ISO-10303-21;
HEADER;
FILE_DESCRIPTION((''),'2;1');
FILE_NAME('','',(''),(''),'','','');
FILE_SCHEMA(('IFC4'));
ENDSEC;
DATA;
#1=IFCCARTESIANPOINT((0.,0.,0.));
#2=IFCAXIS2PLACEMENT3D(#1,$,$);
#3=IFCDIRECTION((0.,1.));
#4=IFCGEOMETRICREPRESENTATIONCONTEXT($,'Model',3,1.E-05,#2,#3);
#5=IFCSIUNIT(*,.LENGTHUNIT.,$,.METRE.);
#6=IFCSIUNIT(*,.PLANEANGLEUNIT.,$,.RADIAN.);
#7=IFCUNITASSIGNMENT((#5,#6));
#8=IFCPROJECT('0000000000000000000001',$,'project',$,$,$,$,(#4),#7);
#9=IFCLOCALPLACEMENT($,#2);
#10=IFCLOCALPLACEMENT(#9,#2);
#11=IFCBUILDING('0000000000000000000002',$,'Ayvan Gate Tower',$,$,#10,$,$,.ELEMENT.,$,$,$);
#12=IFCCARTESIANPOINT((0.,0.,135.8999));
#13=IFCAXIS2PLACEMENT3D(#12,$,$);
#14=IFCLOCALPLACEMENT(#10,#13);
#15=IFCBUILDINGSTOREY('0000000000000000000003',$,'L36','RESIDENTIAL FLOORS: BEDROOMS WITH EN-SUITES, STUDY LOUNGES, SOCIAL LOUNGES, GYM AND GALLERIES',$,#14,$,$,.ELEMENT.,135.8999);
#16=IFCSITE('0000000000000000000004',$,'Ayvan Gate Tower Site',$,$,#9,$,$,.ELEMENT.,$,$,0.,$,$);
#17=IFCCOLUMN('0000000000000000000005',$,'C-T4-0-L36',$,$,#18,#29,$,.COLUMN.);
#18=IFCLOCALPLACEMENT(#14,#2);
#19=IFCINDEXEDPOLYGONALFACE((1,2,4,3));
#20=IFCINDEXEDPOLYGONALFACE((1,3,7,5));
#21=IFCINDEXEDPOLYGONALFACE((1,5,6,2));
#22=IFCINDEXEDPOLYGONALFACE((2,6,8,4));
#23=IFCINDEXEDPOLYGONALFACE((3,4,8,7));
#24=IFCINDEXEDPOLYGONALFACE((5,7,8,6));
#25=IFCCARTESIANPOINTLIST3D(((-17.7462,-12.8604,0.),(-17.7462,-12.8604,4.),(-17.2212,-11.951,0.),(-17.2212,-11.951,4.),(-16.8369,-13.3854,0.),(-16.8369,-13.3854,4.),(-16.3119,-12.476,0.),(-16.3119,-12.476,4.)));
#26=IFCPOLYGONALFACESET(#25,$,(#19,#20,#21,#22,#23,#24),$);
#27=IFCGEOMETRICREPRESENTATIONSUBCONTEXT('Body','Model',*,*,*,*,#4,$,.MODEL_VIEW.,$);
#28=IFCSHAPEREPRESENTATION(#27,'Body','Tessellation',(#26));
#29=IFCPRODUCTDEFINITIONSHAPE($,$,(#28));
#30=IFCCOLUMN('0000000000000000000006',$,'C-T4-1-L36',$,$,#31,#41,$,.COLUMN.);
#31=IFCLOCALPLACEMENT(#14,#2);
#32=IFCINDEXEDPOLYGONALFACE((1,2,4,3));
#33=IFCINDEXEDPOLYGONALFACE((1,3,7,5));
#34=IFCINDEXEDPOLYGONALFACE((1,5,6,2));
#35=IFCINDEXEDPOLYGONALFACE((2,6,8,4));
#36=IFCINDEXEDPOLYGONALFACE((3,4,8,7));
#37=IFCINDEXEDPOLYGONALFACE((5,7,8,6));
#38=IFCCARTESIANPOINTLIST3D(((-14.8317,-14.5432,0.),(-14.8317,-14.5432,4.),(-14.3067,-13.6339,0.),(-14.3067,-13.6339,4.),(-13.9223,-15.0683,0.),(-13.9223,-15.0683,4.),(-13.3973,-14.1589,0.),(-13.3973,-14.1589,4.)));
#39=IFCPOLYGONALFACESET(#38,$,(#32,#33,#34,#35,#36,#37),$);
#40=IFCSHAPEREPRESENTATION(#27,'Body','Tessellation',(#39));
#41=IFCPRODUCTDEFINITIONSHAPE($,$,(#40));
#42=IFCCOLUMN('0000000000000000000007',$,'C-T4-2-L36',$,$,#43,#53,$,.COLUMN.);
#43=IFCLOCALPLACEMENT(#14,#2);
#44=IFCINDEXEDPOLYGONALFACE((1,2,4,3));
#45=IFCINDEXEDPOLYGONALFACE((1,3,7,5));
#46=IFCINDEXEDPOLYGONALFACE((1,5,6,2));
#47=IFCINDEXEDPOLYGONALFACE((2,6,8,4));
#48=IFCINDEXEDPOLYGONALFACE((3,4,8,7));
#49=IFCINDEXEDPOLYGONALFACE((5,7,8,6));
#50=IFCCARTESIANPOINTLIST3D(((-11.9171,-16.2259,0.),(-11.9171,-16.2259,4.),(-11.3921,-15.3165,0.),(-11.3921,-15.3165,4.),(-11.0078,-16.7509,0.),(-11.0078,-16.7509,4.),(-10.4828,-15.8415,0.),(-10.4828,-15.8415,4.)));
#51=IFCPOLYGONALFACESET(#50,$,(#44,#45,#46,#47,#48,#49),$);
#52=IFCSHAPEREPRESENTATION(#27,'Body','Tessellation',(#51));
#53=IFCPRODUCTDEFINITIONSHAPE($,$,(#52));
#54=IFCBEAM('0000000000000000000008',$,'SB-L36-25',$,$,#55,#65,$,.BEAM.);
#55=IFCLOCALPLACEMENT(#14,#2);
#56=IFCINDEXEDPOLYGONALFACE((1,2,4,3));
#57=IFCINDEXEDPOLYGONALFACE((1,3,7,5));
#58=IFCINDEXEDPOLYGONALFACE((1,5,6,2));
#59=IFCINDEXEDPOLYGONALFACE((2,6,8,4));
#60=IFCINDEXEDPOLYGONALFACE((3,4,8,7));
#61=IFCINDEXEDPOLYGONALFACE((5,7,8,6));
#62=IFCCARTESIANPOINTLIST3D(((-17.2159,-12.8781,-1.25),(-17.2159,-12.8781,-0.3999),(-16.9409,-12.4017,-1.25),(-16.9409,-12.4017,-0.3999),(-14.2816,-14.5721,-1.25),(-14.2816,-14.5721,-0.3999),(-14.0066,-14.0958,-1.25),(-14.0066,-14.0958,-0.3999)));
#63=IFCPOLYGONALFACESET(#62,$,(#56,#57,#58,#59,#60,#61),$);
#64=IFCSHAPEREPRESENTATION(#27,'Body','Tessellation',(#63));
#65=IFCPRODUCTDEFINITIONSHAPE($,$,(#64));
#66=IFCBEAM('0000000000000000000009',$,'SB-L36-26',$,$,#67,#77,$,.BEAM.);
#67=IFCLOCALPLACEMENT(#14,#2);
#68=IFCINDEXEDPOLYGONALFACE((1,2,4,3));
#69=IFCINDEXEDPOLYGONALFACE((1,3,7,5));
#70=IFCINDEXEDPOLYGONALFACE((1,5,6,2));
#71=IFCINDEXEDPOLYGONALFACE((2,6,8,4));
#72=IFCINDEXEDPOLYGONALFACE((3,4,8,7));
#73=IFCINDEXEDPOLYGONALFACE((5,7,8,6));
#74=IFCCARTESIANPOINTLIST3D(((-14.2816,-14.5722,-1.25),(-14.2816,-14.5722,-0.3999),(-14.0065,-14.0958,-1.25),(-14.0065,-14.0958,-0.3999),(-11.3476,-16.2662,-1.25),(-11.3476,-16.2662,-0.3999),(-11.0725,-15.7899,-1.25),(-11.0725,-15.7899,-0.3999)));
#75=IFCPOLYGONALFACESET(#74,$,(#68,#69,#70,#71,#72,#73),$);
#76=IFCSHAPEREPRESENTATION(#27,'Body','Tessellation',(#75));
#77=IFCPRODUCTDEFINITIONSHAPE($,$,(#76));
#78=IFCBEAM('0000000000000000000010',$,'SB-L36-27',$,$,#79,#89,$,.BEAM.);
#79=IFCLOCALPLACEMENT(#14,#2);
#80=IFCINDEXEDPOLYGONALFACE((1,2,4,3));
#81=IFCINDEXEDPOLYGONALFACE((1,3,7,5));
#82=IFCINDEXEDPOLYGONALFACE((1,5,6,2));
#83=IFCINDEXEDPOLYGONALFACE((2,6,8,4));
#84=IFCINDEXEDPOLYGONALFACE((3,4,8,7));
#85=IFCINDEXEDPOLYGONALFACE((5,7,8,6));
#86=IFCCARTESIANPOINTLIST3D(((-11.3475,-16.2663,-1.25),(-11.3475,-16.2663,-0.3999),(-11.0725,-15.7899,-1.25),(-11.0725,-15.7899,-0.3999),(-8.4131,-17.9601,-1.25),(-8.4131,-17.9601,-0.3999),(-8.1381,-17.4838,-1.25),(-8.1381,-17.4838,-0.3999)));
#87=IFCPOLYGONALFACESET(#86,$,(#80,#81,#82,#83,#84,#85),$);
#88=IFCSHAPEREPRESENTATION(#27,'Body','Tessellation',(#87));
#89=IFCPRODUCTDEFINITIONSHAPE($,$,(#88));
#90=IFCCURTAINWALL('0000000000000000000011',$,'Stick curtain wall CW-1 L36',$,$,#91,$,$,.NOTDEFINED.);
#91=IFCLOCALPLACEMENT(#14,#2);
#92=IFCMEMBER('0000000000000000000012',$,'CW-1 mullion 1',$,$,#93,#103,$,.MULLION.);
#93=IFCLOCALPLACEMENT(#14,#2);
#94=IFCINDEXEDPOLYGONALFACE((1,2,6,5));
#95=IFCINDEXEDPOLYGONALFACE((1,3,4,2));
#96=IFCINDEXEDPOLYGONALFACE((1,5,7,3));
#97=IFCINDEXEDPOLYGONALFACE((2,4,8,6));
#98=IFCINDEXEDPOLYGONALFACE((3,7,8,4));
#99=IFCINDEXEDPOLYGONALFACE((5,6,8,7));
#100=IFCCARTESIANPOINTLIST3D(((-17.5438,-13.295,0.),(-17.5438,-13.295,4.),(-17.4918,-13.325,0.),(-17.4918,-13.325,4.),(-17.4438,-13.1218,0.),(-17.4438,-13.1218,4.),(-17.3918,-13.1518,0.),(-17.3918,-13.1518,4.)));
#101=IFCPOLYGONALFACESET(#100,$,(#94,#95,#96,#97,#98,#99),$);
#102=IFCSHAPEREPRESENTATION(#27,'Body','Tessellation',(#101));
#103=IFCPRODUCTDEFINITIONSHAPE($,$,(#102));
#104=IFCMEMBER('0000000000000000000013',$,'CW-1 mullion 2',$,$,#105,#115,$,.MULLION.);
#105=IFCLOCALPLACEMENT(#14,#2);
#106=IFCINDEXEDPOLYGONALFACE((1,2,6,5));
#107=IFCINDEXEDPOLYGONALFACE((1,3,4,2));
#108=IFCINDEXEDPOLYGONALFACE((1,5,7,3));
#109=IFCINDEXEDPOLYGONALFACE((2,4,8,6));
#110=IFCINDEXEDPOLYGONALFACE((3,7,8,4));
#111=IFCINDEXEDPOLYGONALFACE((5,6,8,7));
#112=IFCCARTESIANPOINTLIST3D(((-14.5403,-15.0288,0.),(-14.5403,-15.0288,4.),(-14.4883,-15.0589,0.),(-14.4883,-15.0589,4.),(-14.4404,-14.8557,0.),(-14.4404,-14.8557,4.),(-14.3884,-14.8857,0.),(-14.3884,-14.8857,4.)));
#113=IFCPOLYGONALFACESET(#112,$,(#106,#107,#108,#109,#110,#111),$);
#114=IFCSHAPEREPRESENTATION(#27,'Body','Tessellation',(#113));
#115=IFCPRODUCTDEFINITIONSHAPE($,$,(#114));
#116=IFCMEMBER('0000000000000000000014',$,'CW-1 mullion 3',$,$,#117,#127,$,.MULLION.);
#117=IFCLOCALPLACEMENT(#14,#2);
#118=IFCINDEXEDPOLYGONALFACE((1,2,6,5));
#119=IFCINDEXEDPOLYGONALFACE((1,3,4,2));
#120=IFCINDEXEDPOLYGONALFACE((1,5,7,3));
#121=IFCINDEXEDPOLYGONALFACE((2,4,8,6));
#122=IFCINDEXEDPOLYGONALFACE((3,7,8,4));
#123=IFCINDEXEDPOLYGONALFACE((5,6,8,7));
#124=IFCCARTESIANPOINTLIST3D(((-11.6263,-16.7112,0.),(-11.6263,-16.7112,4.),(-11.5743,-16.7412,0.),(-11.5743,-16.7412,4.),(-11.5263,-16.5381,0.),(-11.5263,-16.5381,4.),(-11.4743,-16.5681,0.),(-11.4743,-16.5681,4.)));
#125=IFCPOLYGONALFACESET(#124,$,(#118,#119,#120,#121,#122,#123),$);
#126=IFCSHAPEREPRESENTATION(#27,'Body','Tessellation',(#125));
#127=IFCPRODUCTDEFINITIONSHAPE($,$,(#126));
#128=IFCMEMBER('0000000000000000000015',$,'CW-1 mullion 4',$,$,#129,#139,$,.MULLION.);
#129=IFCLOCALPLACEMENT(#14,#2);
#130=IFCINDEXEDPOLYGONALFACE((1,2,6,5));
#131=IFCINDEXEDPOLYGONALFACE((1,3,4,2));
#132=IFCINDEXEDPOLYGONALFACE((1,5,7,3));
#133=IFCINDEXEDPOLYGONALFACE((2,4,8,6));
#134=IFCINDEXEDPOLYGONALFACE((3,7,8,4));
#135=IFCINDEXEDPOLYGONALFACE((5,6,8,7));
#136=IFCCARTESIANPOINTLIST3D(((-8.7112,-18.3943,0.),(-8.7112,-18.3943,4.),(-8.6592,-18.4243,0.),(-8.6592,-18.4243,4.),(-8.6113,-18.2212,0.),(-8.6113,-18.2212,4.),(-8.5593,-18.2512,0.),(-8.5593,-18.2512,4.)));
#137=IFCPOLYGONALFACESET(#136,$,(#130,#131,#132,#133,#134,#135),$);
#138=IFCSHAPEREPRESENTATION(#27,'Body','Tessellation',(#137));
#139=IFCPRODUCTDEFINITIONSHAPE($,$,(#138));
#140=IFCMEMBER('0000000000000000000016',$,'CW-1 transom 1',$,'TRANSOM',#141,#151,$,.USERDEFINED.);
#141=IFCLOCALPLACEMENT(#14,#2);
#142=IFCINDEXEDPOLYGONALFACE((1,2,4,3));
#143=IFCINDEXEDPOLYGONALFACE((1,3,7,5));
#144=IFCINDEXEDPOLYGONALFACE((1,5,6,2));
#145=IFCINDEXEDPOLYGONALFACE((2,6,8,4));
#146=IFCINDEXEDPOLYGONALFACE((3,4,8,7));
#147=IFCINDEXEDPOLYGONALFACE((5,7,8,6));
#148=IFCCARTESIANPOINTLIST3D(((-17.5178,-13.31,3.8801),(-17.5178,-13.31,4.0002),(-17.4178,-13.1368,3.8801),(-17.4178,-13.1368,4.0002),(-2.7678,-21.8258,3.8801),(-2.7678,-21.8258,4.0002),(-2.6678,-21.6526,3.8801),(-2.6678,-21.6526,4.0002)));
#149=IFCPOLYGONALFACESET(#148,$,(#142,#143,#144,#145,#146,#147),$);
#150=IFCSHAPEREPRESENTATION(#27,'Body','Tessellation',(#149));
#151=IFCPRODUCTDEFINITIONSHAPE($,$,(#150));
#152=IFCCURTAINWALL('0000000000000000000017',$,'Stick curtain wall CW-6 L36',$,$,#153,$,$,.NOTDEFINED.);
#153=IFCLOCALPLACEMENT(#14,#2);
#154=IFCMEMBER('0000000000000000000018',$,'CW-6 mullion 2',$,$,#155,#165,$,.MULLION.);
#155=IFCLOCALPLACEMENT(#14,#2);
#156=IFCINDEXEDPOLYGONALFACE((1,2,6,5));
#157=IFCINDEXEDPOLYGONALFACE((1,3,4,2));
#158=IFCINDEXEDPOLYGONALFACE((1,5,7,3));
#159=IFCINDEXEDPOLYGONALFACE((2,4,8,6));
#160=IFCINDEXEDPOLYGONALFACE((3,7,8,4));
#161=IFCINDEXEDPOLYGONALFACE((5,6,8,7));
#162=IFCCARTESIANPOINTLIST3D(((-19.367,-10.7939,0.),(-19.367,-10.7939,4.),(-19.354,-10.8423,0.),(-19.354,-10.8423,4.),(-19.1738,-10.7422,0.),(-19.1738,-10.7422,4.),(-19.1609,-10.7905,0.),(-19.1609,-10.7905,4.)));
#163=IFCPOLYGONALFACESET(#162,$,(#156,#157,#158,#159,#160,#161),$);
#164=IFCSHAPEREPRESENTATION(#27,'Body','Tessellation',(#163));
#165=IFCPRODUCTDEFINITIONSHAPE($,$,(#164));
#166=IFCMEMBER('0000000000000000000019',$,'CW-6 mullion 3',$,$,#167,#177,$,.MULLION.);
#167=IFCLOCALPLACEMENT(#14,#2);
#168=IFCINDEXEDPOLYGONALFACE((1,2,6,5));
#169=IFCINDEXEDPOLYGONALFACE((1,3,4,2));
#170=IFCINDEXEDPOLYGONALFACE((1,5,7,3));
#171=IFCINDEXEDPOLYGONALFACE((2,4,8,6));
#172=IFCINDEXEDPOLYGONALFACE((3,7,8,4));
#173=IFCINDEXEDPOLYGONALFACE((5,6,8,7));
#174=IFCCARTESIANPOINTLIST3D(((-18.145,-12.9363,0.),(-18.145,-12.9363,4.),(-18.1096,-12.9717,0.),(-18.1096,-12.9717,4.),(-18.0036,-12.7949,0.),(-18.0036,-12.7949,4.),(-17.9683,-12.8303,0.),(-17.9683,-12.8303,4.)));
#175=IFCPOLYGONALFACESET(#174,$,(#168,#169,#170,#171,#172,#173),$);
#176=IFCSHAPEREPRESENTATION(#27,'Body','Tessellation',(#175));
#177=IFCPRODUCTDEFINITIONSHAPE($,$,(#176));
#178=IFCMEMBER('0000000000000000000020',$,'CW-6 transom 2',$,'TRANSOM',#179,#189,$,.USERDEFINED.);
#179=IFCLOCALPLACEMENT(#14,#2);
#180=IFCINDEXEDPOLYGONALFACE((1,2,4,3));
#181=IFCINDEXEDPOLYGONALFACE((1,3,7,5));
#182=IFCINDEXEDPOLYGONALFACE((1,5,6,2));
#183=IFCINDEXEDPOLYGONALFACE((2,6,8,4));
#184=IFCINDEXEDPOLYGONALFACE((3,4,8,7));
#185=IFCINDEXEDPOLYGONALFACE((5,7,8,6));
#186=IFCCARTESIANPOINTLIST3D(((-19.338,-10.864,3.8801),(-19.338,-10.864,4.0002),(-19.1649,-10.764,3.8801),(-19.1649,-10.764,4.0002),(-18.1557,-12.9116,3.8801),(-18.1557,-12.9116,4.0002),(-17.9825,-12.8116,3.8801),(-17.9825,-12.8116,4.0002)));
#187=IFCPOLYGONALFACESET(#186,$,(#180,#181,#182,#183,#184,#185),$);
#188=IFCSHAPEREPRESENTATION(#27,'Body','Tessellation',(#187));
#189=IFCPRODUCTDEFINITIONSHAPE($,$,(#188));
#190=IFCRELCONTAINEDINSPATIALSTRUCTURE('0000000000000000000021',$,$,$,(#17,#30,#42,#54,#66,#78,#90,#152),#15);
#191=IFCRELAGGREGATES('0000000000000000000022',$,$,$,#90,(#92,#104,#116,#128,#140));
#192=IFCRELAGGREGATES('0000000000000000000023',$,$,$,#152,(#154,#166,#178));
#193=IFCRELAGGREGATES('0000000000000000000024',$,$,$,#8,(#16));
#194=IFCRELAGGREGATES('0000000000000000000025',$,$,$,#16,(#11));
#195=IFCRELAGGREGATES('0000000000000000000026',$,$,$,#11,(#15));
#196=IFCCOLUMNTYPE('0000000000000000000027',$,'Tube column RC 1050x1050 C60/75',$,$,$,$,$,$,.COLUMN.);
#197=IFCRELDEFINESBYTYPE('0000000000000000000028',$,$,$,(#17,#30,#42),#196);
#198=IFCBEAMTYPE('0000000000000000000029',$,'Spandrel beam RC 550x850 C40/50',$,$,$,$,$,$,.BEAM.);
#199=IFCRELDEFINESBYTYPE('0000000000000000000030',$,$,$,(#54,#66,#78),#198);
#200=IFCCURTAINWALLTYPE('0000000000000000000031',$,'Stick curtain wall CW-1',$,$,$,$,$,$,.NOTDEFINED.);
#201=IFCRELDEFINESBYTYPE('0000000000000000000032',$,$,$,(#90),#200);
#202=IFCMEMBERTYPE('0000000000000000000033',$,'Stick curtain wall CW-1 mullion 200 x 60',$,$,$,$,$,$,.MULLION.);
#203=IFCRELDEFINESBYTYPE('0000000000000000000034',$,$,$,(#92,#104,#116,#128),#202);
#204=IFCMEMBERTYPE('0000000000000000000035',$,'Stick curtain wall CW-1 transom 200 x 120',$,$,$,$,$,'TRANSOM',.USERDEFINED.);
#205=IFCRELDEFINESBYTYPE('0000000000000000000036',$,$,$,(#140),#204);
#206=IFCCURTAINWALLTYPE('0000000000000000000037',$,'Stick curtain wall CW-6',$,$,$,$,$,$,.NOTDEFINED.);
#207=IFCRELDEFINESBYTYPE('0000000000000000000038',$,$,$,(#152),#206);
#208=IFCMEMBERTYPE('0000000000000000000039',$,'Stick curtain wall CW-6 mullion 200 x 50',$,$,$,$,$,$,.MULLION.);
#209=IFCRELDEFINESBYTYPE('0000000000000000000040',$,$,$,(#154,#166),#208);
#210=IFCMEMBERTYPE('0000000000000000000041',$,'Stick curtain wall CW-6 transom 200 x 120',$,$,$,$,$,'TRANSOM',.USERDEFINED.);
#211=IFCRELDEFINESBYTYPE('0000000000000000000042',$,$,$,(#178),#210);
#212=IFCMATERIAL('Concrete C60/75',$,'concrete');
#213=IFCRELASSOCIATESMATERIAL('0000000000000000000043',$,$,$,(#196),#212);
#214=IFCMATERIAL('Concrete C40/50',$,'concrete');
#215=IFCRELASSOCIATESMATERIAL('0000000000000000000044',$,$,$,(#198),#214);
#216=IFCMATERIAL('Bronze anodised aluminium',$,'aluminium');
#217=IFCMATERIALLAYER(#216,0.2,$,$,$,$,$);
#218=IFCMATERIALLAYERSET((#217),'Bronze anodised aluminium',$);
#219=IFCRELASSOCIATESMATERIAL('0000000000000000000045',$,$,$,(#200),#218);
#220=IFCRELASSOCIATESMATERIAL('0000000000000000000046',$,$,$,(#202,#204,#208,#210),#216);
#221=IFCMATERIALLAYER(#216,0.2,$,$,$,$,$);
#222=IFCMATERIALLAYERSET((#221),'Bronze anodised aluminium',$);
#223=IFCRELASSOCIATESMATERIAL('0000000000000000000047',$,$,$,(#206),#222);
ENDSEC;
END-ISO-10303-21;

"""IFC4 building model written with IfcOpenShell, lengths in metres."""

from ifc_helpers import new_model, si_unit, direction, frame, origin, origin_2d, place, context, subcontext, project, spatial, rectangle, extrude, material, layer, layer_set, material_profile, profile_set, type_object, element, aggregate, save


model = new_model("IFC4")

# Units and contexts
model_context = context("Model", 3, precision=1e-05, world=origin(), true_north=direction((0.0, 1.0)))
body_context = subcontext(model_context, "Body", "Model", "MODEL_VIEW")
ifc_project = project(units=[si_unit("LENGTHUNIT", "METRE"), si_unit("PLANEANGLEUNIT", "RADIAN")], contexts=[model_context])

# Site, building, storey
site_placement = place(None, origin())
site = spatial("IfcSite", under=ifc_project, at=site_placement, Name="Ayvan Gate Tower Site", CompositionType="ELEMENT", RefElevation=0.0)
building_placement = place(site_placement, origin())
building = spatial("IfcBuilding", under=site, at=building_placement, Name="Ayvan Gate Tower", CompositionType="ELEMENT")
storey_placement = place(building_placement, frame((0.0, 0.0, 135.8999)))
storey = spatial("IfcBuildingStorey", under=building, at=storey_placement, Name="L36", Description="RESIDENTIAL FLOORS: BEDROOMS WITH EN-SUITES, STUDY LOUNGES, SOCIAL LOUNGES, GYM AND GALLERIES", CompositionType="ELEMENT", Elevation=135.8999)

# Columns
ifc_material_1 = material(Name="Concrete C60/75", Category="concrete")
ifc_material_profile_1 = material_profile(ifc_material_1, rectangle(XDim=1.05, YDim=1.05, at=origin_2d()), Name="RC 1050x1050")
ifc_profile_set_1 = profile_set([ifc_material_profile_1], Name="Concrete C60/75")
column_type = type_object("IfcColumnType", Name="Tube column RC 1050x1050 C60/75", PredefinedType="COLUMN", material=ifc_profile_set_1)
for number, where, z_axis, x_axis, name in (
    (1, (-17.0291, -12.6682, 0.0), (0.0, 0.0, 1.0), (-0.5, -0.866025, 0.0), "C-T4-0-L36"),
    (2, (-14.1145, -14.3511, 0.0), (0.0, 0.0, 1.0), (-0.5, -0.866025, 0.0), "C-T4-1-L36"),
    (3, (-11.2, -16.0337, 0.0), (0.0, 0.0, 1.0), (-0.5, -0.866025, 0.0), "C-T4-2-L36"),
):
    element("IfcColumn", number, at=place(storey_placement, frame(where, z_axis=z_axis, x_axis=x_axis)), inside=storey, type_object=column_type, Name=name, PredefinedType="COLUMN", context=body_context, shape_type="SweptSolid", body=[
        extrude(rectangle(XDim=1.05, YDim=1.05, at=origin_2d()), origin(), (0.0, 0.0, 1.0), 4.0),
    ])

# Beams
ifc_material_2 = material(Name="Concrete C40/50", Category="concrete")
ifc_material_profile_2 = material_profile(ifc_material_2, rectangle(XDim=0.55, YDim=0.8501, at=origin_2d()), Name="RC 550x850")
ifc_profile_set_2 = profile_set([ifc_material_profile_2], Name="Concrete C40/50")
beam_type = type_object("IfcBeamType", Name="Spandrel beam RC 550x850 C40/50", PredefinedType="BEAM", material=ifc_profile_set_2)
beam_1_placement = place(storey_placement, frame((-17.0784, -12.6399, -0.825), z_axis=(0.866031, -0.499991, 0.0), x_axis=(0.499991, 0.866031, 0.0)))
element("IfcBeam", 4, at=beam_1_placement, inside=storey, type_object=beam_type, Name="SB-L36-25", PredefinedType="BEAM", context=body_context, shape_type="SweptSolid", body=[
    extrude(rectangle(XDim=0.55, YDim=0.8501, at=origin_2d()), origin(), (0.0, 0.0, 1.0), 3.3882),
])
beam_2_placement = place(storey_placement, frame((-14.144, -14.334, -0.825), z_axis=(0.866013, -0.500022, 0.0), x_axis=(0.500022, 0.866013, 0.0)))
element("IfcBeam", 5, at=beam_2_placement, inside=storey, type_object=beam_type, Name="SB-L36-26", PredefinedType="BEAM", context=body_context, shape_type="SweptSolid", body=[
    extrude(rectangle(XDim=0.55, YDim=0.8501, at=origin_2d()), origin(), (0.0, 0.0, 1.0), 3.3879),
])
beam_3_placement = place(storey_placement, frame((-11.21, -16.0281, -0.825), z_axis=(0.866062, -0.499937, 0.0), x_axis=(0.499937, 0.866062, 0.0)))
element("IfcBeam", 6, at=beam_3_placement, inside=storey, type_object=beam_type, Name="SB-L36-27", PredefinedType="BEAM", context=body_context, shape_type="SweptSolid", body=[
    extrude(rectangle(XDim=0.55, YDim=0.8501, at=origin_2d()), origin(), (0.0, 0.0, 1.0), 3.3882),
])

# Curtain walls, members
ifc_material_3 = material(Name="Bronze anodised aluminium", Category="aluminium")
ifc_layer_1 = layer(ifc_material_3, 0.2)
ifc_layer_set_1 = layer_set([ifc_layer_1], Name="Bronze anodised aluminium")
curtain_wall_type_1 = type_object("IfcCurtainWallType", Name="Stick curtain wall CW-1", PredefinedType="NOTDEFINED", material=ifc_layer_set_1)
curtain_wall_1_placement = place(storey_placement, origin())
curtain_wall_1 = element("IfcCurtainWall", 7, at=curtain_wall_1_placement, inside=storey, type_object=curtain_wall_type_1, Name="Stick curtain wall CW-1 L36", PredefinedType="NOTDEFINED")
ifc_material_profile_3 = material_profile(ifc_material_3, rectangle(XDim=0.2, YDim=0.0601, at=origin_2d()), Name="Stick curtain wall CW-1 mullion 200 x 60")
ifc_profile_set_3 = profile_set([ifc_material_profile_3], Name="Bronze anodised aluminium")
member_type_1 = type_object("IfcMemberType", Name="Stick curtain wall CW-1 mullion 200 x 60", PredefinedType="MULLION", material=ifc_profile_set_3)
member_1_placement = place(storey_placement, frame((-17.4678, -13.2234, 0.0), z_axis=(0.0, 0.0, 1.0), x_axis=(-0.5, -0.866025, 0.0)))
member_1 = element("IfcMember", 8, at=member_1_placement, type_object=member_type_1, Name="CW-1 mullion 1", PredefinedType="MULLION", context=body_context, shape_type="SweptSolid", body=[
    extrude(rectangle(XDim=0.2, YDim=0.0601, at=origin_2d()), origin(), (0.0, 0.0, 1.0), 4.0),
])
member_2_placement = place(storey_placement, frame((-14.4644, -14.9573, 0.0), z_axis=(0.0, 0.0, 1.0), x_axis=(-0.5, -0.866025, 0.0)))
member_2 = element("IfcMember", 9, at=member_2_placement, type_object=member_type_1, Name="CW-1 mullion 2", PredefinedType="MULLION", context=body_context, shape_type="SweptSolid", body=[
    extrude(rectangle(XDim=0.2, YDim=0.0601, at=origin_2d()), origin(), (0.0, 0.0, 1.0), 4.0),
])
member_3_placement = place(storey_placement, frame((-11.5503, -16.6396, 0.0), z_axis=(0.0, 0.0, 1.0), x_axis=(-0.5, -0.866025, 0.0)))
member_3 = element("IfcMember", 10, at=member_3_placement, type_object=member_type_1, Name="CW-1 mullion 3", PredefinedType="MULLION", context=body_context, shape_type="SweptSolid", body=[
    extrude(rectangle(XDim=0.2, YDim=0.0601, at=origin_2d()), origin(), (0.0, 0.0, 1.0), 4.0),
])
member_4_placement = place(storey_placement, frame((-8.6353, -18.3228, 0.0), z_axis=(0.0, 0.0, 1.0), x_axis=(-0.5, -0.866025, 0.0)))
member_4 = element("IfcMember", 11, at=member_4_placement, type_object=member_type_1, Name="CW-1 mullion 4", PredefinedType="MULLION", context=body_context, shape_type="SweptSolid", body=[
    extrude(rectangle(XDim=0.2, YDim=0.0601, at=origin_2d()), origin(), (0.0, 0.0, 1.0), 4.0),
])
ifc_material_profile_4 = material_profile(ifc_material_3, rectangle(XDim=0.2, YDim=0.1201, at=origin_2d()), Name="Stick curtain wall CW-1 transom 200 x 120")
ifc_profile_set_4 = profile_set([ifc_material_profile_4], Name="Bronze anodised aluminium")
member_type_2 = type_object("IfcMemberType", Name="Stick curtain wall CW-1 transom 200 x 120", ElementType="TRANSOM", PredefinedType="USERDEFINED", material=ifc_profile_set_4)
member_5_placement = place(storey_placement, frame((-17.4678, -13.2234, 3.9402), z_axis=(0.866027, -0.499998, 0.0), x_axis=(0.499998, 0.866027, 0.0)))
member_5 = element("IfcMember", 12, at=member_5_placement, type_object=member_type_2, Name="CW-1 transom 1", ObjectType="TRANSOM", PredefinedType="USERDEFINED", context=body_context, shape_type="SweptSolid", body=[
    extrude(rectangle(XDim=0.2, YDim=0.1201, at=origin_2d()), origin(), (0.0, 0.0, 1.0), 17.0317),
])
ifc_layer_2 = layer(ifc_material_3, 0.2)
ifc_layer_set_2 = layer_set([ifc_layer_2], Name="Bronze anodised aluminium")
curtain_wall_type_2 = type_object("IfcCurtainWallType", Name="Stick curtain wall CW-6", PredefinedType="NOTDEFINED", material=ifc_layer_set_2)
curtain_wall_2_placement = place(storey_placement, origin())
curtain_wall_2 = element("IfcCurtainWall", 13, at=curtain_wall_2_placement, inside=storey, type_object=curtain_wall_type_2, Name="Stick curtain wall CW-6 L36", PredefinedType="NOTDEFINED")
ifc_material_profile_5 = material_profile(ifc_material_3, rectangle(XDim=0.2, YDim=0.05, at=origin_2d()), Name="Stick curtain wall CW-6 mullion 200 x 50")
ifc_profile_set_5 = profile_set([ifc_material_profile_5], Name="Bronze anodised aluminium")
member_type_3 = type_object("IfcMemberType", Name="Stick curtain wall CW-6 mullion 200 x 50", PredefinedType="MULLION", material=ifc_profile_set_5)
member_6_placement = place(storey_placement, frame((-19.2639, -10.7922, 0.0), z_axis=(0.0, 0.0, 1.0), x_axis=(-0.965926, -0.258819, 0.0)))
member_6 = element("IfcMember", 14, at=member_6_placement, type_object=member_type_3, Name="CW-6 mullion 2", PredefinedType="MULLION", context=body_context, shape_type="SweptSolid", body=[
    extrude(rectangle(XDim=0.2, YDim=0.05, at=origin_2d()), origin(), (0.0, 0.0, 1.0), 4.0),
])
member_7_placement = place(storey_placement, frame((-18.0566, -12.8833, 0.0), z_axis=(0.0, 0.0, 1.0), x_axis=(-0.707107, -0.707107, 0.0)))
member_7 = element("IfcMember", 15, at=member_7_placement, type_object=member_type_3, Name="CW-6 mullion 3", PredefinedType="MULLION", context=body_context, shape_type="SweptSolid", body=[
    extrude(rectangle(XDim=0.2, YDim=0.05, at=origin_2d()), origin(), (0.0, 0.0, 1.0), 4.0),
])
ifc_material_profile_6 = material_profile(ifc_material_3, rectangle(XDim=0.2, YDim=0.1201, at=origin_2d()), Name="Stick curtain wall CW-6 transom 200 x 120")
ifc_profile_set_6 = profile_set([ifc_material_profile_6], Name="Bronze anodised aluminium")
member_type_4 = type_object("IfcMemberType", Name="Stick curtain wall CW-6 transom 200 x 120", ElementType="TRANSOM", PredefinedType="USERDEFINED", material=ifc_profile_set_6)
member_8_placement = place(storey_placement, frame((-19.2515, -10.814, 3.9402), z_axis=(0.500059, -0.865991, 0.0), x_axis=(0.865991, 0.500059, 0.0)))
member_8 = element("IfcMember", 16, at=member_8_placement, type_object=member_type_4, Name="CW-6 transom 2", ObjectType="TRANSOM", PredefinedType="USERDEFINED", context=body_context, shape_type="SweptSolid", body=[
    extrude(rectangle(XDim=0.2, YDim=0.1201, at=origin_2d()), origin(), (0.0, 0.0, 1.0), 2.3645),
])

aggregate(curtain_wall_1, [member_1, member_2, member_3, member_4, member_5])
aggregate(curtain_wall_2, [member_6, member_7, member_8])

save(model, "model.ifc")
